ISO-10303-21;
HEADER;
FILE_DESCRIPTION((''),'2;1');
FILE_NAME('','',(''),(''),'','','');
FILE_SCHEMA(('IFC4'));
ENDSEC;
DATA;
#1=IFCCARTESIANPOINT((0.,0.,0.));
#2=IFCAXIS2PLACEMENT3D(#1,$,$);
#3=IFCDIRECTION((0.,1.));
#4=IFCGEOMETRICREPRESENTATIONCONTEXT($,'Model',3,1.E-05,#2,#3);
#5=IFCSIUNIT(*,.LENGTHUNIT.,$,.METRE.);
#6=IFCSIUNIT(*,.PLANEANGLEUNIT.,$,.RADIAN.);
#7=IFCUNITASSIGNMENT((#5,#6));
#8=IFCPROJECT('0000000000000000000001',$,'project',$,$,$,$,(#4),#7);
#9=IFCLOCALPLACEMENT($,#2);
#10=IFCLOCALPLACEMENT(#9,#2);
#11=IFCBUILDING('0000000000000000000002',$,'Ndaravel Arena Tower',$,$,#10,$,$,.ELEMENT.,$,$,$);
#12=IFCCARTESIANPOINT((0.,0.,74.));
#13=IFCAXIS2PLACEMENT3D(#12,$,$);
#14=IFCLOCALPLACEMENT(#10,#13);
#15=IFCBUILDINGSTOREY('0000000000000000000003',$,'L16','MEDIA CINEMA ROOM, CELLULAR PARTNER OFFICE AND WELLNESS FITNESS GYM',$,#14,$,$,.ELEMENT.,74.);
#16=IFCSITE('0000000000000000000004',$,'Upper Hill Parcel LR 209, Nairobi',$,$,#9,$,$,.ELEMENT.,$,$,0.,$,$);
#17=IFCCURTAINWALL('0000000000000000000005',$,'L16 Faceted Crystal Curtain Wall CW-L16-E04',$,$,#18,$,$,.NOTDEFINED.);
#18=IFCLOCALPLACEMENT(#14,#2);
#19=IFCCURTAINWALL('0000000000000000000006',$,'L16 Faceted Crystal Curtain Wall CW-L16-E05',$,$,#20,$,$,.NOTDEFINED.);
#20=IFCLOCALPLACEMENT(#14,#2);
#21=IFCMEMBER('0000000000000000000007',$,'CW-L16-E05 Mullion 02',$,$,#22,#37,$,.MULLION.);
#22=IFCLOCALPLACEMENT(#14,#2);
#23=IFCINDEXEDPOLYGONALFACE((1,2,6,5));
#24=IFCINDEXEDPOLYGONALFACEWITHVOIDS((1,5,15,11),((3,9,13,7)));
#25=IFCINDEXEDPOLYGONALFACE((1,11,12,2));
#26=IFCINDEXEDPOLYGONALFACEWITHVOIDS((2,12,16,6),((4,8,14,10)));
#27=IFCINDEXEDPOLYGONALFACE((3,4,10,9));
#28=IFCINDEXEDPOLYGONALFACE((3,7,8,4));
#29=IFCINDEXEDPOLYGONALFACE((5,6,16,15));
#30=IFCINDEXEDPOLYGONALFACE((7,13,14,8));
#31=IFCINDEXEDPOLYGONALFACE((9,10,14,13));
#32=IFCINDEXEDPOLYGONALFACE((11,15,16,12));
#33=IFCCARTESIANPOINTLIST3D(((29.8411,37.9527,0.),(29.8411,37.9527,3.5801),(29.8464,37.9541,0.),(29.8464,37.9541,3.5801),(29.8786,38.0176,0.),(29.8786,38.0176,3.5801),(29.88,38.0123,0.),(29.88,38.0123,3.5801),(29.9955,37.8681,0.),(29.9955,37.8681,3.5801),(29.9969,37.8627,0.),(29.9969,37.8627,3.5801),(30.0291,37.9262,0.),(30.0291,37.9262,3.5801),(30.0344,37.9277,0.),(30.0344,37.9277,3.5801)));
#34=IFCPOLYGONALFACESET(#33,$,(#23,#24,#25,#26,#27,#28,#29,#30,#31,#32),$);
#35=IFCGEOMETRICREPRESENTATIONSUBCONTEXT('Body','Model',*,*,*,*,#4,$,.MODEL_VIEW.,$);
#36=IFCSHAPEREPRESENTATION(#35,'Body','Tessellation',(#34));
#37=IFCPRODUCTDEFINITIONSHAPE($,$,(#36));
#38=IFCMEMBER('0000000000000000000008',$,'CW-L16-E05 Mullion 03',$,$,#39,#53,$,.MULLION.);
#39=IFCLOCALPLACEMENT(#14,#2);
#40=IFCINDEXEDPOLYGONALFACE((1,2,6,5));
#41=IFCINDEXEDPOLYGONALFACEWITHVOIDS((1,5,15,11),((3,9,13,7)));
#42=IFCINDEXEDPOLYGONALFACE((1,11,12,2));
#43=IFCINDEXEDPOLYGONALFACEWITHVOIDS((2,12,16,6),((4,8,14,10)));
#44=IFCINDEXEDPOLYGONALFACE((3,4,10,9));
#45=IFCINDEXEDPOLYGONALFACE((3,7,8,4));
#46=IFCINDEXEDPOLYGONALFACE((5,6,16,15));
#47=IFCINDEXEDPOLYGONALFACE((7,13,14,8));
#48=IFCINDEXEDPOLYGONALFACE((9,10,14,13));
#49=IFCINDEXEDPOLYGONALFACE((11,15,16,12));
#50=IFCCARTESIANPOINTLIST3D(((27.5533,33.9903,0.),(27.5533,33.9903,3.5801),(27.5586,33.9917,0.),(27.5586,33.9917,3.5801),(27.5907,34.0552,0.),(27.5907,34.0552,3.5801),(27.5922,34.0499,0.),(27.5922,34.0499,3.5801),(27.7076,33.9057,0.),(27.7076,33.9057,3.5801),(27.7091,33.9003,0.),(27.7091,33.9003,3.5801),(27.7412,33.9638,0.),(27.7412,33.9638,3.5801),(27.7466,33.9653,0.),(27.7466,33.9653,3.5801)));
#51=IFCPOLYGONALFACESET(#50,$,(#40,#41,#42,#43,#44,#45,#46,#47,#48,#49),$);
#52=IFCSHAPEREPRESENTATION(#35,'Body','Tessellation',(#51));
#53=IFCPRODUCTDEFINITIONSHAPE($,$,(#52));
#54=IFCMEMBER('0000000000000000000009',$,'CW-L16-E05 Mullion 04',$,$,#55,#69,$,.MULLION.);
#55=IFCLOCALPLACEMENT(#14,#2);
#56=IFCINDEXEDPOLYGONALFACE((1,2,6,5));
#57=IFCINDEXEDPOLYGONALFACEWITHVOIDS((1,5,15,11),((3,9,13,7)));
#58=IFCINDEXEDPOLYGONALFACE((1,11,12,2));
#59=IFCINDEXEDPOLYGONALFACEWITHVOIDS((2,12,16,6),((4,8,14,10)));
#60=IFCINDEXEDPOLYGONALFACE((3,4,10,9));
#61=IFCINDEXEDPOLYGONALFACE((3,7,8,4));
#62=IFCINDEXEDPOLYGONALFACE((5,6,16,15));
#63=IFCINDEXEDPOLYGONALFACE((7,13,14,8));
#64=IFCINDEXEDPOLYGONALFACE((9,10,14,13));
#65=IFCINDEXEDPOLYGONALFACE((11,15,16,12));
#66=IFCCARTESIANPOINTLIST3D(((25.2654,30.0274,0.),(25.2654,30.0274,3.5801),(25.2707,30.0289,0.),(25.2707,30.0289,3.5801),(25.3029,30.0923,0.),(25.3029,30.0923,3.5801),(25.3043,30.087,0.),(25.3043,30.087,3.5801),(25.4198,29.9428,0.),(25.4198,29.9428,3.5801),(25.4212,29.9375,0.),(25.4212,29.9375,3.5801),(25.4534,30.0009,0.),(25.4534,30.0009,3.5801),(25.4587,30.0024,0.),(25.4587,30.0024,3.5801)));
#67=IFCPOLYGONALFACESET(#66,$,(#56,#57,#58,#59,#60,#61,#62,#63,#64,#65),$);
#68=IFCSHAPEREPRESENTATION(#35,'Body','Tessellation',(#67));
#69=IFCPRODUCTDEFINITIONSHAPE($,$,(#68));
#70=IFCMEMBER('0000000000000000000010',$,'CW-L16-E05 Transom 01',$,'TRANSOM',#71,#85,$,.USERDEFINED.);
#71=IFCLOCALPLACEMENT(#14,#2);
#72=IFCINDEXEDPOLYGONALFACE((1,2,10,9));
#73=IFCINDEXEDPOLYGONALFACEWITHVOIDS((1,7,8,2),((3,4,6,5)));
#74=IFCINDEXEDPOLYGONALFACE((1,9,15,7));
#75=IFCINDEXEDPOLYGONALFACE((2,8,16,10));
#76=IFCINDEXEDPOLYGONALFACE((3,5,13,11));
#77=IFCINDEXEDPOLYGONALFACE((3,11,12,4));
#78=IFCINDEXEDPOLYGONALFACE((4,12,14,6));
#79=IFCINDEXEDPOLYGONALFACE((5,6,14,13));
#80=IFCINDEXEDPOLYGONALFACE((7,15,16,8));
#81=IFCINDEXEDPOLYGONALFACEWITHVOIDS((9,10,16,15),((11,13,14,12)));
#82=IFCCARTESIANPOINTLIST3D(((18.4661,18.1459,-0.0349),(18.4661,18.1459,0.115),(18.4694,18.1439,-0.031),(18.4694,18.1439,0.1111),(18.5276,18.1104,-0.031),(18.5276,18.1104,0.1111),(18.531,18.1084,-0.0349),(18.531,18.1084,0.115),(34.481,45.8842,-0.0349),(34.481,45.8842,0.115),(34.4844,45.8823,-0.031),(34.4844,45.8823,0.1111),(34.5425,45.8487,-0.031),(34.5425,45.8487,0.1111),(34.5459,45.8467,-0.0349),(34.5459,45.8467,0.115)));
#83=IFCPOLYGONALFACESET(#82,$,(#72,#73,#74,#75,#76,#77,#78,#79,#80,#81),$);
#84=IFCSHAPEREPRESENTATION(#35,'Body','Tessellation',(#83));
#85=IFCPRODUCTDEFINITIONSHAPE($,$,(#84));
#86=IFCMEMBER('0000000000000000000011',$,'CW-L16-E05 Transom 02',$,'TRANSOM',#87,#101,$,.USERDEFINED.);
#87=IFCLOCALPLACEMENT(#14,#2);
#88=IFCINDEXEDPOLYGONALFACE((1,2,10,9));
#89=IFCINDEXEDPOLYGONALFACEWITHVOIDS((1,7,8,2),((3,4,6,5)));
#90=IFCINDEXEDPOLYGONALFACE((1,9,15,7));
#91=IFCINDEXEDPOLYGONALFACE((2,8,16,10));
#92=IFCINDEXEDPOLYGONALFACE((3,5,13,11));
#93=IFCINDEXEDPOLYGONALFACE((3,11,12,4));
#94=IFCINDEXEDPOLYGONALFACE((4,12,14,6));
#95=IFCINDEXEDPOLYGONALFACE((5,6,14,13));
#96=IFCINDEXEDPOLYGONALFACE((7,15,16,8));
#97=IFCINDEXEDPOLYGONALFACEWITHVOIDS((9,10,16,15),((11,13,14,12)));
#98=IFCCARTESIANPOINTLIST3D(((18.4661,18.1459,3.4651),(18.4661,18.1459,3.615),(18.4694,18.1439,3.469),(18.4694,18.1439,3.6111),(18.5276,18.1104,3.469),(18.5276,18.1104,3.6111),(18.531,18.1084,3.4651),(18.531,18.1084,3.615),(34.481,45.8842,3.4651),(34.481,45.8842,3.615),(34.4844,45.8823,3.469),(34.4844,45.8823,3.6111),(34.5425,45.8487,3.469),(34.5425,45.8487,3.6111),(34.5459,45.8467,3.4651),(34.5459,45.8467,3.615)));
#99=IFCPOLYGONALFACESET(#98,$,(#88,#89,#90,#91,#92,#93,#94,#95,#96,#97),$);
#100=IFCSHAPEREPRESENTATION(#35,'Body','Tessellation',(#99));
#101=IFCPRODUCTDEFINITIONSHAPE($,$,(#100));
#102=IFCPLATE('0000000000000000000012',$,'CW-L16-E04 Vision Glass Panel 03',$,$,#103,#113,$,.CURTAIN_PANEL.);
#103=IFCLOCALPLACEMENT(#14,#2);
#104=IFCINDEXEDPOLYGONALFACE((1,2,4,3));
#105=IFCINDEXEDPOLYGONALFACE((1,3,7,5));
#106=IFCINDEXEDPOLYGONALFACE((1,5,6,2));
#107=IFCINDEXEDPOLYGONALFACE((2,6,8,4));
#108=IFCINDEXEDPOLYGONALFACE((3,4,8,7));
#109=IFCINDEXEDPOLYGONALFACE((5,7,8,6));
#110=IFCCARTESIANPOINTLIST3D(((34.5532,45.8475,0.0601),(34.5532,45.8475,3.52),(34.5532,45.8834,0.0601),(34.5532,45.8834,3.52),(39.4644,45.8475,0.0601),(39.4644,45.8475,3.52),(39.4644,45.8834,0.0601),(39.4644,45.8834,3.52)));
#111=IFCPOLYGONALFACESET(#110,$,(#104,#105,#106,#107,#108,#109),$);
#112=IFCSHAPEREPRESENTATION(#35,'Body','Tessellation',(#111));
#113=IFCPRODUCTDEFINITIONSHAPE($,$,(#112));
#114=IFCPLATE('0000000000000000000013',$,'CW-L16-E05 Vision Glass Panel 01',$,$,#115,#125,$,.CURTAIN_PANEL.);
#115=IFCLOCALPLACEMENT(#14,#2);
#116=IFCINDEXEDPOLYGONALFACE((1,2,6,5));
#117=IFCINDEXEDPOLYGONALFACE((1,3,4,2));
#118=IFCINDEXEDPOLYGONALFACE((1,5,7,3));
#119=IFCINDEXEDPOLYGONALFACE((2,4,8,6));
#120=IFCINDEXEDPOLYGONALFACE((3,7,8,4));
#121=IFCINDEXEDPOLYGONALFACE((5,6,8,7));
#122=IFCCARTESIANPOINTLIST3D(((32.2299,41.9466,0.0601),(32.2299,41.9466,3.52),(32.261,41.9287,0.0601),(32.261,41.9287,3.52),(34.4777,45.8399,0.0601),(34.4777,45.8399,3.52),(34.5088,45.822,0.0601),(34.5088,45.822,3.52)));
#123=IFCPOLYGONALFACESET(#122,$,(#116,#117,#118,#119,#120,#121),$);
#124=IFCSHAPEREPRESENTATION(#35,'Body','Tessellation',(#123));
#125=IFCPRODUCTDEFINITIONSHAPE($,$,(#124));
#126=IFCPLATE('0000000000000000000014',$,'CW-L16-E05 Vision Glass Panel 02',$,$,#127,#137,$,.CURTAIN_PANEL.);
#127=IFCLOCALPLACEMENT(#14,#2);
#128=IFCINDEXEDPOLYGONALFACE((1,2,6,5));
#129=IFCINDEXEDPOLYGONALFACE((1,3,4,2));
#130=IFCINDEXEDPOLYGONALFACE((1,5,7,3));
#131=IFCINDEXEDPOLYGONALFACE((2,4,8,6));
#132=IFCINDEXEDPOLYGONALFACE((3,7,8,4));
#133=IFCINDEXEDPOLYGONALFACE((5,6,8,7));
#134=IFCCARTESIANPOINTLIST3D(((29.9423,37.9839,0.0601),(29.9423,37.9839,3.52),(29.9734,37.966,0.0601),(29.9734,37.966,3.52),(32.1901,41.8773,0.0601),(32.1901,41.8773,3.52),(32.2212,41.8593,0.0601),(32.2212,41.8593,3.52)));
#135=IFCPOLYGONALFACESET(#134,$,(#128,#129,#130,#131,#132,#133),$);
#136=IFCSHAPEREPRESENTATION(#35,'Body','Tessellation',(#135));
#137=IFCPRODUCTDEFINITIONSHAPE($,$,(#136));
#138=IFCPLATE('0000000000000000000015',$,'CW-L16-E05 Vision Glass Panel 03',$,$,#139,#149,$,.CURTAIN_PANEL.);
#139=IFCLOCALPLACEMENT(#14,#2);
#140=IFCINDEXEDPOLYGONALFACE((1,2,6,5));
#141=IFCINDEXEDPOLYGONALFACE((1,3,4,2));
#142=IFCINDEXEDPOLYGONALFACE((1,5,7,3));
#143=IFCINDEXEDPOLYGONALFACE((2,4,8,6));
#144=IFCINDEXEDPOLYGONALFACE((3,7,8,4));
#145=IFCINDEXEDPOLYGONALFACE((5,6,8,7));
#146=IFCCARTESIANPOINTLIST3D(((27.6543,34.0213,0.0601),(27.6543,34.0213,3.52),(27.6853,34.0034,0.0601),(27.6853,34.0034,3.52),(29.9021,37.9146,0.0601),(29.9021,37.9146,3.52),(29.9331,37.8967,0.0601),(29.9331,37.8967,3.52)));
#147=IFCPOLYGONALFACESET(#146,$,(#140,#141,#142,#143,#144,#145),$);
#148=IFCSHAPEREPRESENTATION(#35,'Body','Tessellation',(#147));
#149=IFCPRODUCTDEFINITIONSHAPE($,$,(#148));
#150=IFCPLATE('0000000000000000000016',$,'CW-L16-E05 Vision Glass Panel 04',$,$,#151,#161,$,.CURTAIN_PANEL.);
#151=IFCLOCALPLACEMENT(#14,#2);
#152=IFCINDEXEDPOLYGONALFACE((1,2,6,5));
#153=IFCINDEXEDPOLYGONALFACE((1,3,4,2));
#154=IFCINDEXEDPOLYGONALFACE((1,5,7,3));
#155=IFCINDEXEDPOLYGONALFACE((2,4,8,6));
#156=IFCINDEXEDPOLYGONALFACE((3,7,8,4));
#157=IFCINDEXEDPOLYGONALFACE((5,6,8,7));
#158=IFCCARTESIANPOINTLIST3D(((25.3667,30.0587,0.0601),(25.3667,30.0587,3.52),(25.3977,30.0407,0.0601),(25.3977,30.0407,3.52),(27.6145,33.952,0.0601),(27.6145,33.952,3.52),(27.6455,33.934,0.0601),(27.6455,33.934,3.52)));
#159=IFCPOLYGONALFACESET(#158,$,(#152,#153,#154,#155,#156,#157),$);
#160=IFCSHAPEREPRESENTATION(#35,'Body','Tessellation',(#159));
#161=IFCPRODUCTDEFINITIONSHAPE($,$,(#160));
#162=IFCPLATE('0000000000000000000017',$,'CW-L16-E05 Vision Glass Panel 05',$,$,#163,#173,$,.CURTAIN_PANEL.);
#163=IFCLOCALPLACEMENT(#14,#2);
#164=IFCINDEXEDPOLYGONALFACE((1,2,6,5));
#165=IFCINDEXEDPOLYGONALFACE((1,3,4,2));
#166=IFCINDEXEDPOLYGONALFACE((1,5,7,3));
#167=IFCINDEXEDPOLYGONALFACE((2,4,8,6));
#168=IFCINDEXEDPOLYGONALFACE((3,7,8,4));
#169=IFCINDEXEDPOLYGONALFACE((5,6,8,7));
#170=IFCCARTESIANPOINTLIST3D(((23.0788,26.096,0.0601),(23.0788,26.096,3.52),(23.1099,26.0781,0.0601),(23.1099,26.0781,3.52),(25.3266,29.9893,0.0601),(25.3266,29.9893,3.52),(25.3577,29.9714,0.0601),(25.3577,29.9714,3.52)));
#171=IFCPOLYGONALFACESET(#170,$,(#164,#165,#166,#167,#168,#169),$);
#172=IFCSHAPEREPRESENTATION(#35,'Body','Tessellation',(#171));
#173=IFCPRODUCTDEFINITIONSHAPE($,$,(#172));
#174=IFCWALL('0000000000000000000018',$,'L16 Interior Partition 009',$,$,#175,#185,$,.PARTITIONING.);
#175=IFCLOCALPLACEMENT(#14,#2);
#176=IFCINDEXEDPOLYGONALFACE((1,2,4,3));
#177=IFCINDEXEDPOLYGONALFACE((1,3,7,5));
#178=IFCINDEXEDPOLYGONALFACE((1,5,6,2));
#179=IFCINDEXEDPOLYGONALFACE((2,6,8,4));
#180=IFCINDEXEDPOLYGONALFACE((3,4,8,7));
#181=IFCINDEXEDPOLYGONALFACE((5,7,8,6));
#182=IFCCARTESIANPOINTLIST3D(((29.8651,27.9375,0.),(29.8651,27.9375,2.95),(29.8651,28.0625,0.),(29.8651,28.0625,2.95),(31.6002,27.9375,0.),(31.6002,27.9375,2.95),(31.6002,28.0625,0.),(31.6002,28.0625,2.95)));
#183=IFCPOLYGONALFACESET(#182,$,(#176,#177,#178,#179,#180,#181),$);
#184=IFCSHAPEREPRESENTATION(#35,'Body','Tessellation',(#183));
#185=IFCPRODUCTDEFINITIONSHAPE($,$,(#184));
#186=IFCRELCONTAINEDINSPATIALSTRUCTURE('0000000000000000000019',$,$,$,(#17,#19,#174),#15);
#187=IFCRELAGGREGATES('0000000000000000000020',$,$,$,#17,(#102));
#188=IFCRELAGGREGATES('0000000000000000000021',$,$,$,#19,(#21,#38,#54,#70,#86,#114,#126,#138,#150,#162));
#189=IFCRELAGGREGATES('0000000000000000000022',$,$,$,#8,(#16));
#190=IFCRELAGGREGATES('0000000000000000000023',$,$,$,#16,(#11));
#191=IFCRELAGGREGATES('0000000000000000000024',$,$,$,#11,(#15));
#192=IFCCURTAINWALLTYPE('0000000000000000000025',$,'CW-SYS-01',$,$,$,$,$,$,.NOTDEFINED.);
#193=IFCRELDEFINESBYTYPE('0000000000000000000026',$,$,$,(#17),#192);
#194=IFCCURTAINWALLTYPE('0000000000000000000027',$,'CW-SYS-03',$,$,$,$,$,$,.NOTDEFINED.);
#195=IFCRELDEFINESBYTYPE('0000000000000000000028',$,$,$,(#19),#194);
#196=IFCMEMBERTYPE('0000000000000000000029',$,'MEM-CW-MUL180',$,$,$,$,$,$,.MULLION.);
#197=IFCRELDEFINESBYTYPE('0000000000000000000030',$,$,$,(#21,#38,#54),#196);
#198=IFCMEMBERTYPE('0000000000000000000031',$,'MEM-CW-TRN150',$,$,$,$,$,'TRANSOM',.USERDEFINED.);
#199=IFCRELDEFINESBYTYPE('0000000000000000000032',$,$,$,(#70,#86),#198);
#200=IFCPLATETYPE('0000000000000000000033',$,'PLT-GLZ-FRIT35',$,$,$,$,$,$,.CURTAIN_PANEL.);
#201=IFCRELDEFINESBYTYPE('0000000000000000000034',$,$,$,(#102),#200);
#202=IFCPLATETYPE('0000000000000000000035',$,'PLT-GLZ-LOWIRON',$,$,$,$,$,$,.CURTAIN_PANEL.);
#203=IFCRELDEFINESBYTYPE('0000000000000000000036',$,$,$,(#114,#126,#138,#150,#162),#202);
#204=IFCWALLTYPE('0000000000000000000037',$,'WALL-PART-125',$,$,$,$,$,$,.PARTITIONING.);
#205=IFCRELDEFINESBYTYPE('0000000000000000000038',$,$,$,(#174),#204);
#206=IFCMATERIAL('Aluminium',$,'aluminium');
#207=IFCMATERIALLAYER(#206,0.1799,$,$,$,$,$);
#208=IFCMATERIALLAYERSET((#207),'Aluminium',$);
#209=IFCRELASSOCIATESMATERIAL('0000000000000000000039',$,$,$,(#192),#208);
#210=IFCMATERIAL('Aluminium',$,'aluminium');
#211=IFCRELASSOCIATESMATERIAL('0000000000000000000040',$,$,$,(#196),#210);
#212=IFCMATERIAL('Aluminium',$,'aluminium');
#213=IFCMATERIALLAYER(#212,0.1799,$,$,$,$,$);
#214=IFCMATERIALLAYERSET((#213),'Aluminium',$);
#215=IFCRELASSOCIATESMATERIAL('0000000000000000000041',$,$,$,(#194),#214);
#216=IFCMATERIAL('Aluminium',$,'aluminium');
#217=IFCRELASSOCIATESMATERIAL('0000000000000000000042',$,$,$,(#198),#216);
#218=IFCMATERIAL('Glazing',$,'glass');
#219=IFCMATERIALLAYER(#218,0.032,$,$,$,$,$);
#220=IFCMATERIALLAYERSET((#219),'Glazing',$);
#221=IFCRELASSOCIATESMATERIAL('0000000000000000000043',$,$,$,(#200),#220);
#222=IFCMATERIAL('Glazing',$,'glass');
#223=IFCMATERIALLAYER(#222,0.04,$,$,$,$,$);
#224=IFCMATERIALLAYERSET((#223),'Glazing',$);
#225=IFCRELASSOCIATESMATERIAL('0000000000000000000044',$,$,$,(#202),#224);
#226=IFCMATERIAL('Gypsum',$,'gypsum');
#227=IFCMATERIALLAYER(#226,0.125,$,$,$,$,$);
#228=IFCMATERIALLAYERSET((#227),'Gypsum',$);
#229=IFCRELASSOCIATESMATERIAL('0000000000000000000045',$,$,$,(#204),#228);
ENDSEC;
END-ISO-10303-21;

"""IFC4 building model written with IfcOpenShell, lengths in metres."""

from ifc_helpers import new_model, si_unit, direction, frame, frame_2d, origin, origin_2d, place, context, subcontext, project, spatial, rectangle, hollow_rectangle, extrude, material, layer, layer_set, material_profile, profile_set, type_object, element, aggregate, save


model = new_model("IFC4")

# Units and contexts
model_context = context("Model", 3, precision=1e-05, world=origin(), true_north=direction((0.0, 1.0)))
body_context = subcontext(model_context, "Body", "Model", "MODEL_VIEW")
ifc_project = project(units=[si_unit("LENGTHUNIT", "METRE"), si_unit("PLANEANGLEUNIT", "RADIAN")], contexts=[model_context])

# Site, building, storey
site_placement = place(None, origin())
site = spatial("IfcSite", under=ifc_project, at=site_placement, Name="Upper Hill Parcel LR 209, Nairobi", CompositionType="ELEMENT", RefElevation=0.0)
building_placement = place(site_placement, origin())
building = spatial("IfcBuilding", under=site, at=building_placement, Name="Ndaravel Arena Tower", CompositionType="ELEMENT")
storey_placement = place(building_placement, frame((0.0, 0.0, 74.0)))
storey = spatial("IfcBuildingStorey", under=building, at=storey_placement, Name="L16", Description="MEDIA CINEMA ROOM, CELLULAR PARTNER OFFICE AND WELLNESS FITNESS GYM", CompositionType="ELEMENT", Elevation=74.0)

# Curtain wall
ifc_material_1 = material(Name="Aluminium", Category="aluminium")
ifc_layer_1 = layer(ifc_material_1, 0.1799)
ifc_layer_set_1 = layer_set([ifc_layer_1], Name="Aluminium")
curtain_wall_type_1 = type_object("IfcCurtainWallType", Name="CW-SYS-01", PredefinedType="NOTDEFINED", material=ifc_layer_set_1)
curtain_wall_1_placement = place(storey_placement, origin())
curtain_wall_1 = element("IfcCurtainWall", 1, at=curtain_wall_1_placement, inside=storey, type_object=curtain_wall_type_1, Name="L16 Faceted Crystal Curtain Wall CW-L16-E04", PredefinedType="NOTDEFINED")
ifc_material_2 = material(Name="Aluminium", Category="aluminium")
ifc_material_profile_1 = material_profile(ifc_material_2, hollow_rectangle(XDim=0.075, YDim=0.1799, WallThickness=0.0039, at=origin_2d()), Name="CW MULLION 75x180x4")
ifc_profile_set_1 = profile_set([ifc_material_profile_1], Name="Aluminium")
member_type_1 = type_object("IfcMemberType", Name="MEM-CW-MUL180", PredefinedType="MULLION", material=ifc_profile_set_1)

# Curtain wall, members
ifc_material_3 = material(Name="Aluminium", Category="aluminium")
ifc_layer_2 = layer(ifc_material_3, 0.1799)
ifc_layer_set_2 = layer_set([ifc_layer_2], Name="Aluminium")
curtain_wall_type_2 = type_object("IfcCurtainWallType", Name="CW-SYS-03", PredefinedType="NOTDEFINED", material=ifc_layer_set_2)
curtain_wall_2_placement = place(storey_placement, origin())
curtain_wall_2 = element("IfcCurtainWall", 2, at=curtain_wall_2_placement, inside=storey, type_object=curtain_wall_type_2, Name="L16 Faceted Crystal Curtain Wall CW-L16-E05", PredefinedType="NOTDEFINED")
member_1_placement = place(storey_placement, frame((29.9377, 37.9402, 0.0), z_axis=(0.0, 0.0, 1.0), x_axis=(-0.5, -0.866025, 0.0)))
member_1 = element("IfcMember", 3, at=member_1_placement, type_object=member_type_1, Name="CW-L16-E05 Mullion 02", PredefinedType="MULLION", context=body_context, shape_type="SweptSolid", body=[
    extrude(hollow_rectangle(XDim=0.075, YDim=0.1799, WallThickness=0.0039, at=origin_2d()), origin(), (0.0, 0.0, 1.0), 3.5801),
])
member_2_placement = place(storey_placement, frame((27.6499, 33.9778, 0.0), z_axis=(0.0, 0.0, 1.0), x_axis=(-0.5, -0.866025, 0.0)))
member_2 = element("IfcMember", 4, at=member_2_placement, type_object=member_type_1, Name="CW-L16-E05 Mullion 03", PredefinedType="MULLION", context=body_context, shape_type="SweptSolid", body=[
    extrude(hollow_rectangle(XDim=0.075, YDim=0.1799, WallThickness=0.0039, at=origin_2d()), origin(), (0.0, 0.0, 1.0), 3.5801),
])
member_3_placement = place(storey_placement, frame((25.3621, 30.0149, 0.0), z_axis=(0.0, 0.0, 1.0), x_axis=(-0.5, -0.866025, 0.0)))
member_3 = element("IfcMember", 5, at=member_3_placement, type_object=member_type_1, Name="CW-L16-E05 Mullion 04", PredefinedType="MULLION", context=body_context, shape_type="SweptSolid", body=[
    extrude(hollow_rectangle(XDim=0.075, YDim=0.1799, WallThickness=0.0039, at=origin_2d()), origin(), (0.0, 0.0, 1.0), 3.5801),
])
ifc_material_4 = material(Name="Aluminium", Category="aluminium")
ifc_material_profile_2 = material_profile(ifc_material_4, hollow_rectangle(XDim=0.075, YDim=0.1499, WallThickness=0.0039, at=origin_2d()), Name="CW TRANSOM 75x150x4")
ifc_profile_set_2 = profile_set([ifc_material_profile_2], Name="Aluminium")
member_type_2 = type_object("IfcMemberType", Name="MEM-CW-TRN150", ElementType="TRANSOM", PredefinedType="USERDEFINED", material=ifc_profile_set_2)
member_4_placement = place(storey_placement, frame((34.5134, 45.8655, 0.04), z_axis=(-0.500004, -0.866023, 0.0), x_axis=(0.866023, -0.500004, 0.0)))
member_4 = element("IfcMember", 6, at=member_4_placement, type_object=member_type_2, Name="CW-L16-E05 Transom 01", ObjectType="TRANSOM", PredefinedType="USERDEFINED", context=body_context, shape_type="SweptSolid", body=[
    extrude(hollow_rectangle(XDim=0.075, YDim=0.1499, WallThickness=0.0039, at=origin_2d()), origin(), (0.0, 0.0, 1.0), 32.0295),
])
member_5_placement = place(storey_placement, frame((34.5134, 45.8655, 3.54), z_axis=(-0.500004, -0.866023, 0.0), x_axis=(0.866023, -0.500004, 0.0)))
member_5 = element("IfcMember", 7, at=member_5_placement, type_object=member_type_2, Name="CW-L16-E05 Transom 02", ObjectType="TRANSOM", PredefinedType="USERDEFINED", context=body_context, shape_type="SweptSolid", body=[
    extrude(hollow_rectangle(XDim=0.075, YDim=0.1499, WallThickness=0.0039, at=origin_2d()), origin(), (0.0, 0.0, 1.0), 32.0295),
])

# Plates
ifc_material_5 = material(Name="Glazing", Category="glass")
ifc_layer_3 = layer(ifc_material_5, 0.032)
ifc_layer_set_3 = layer_set([ifc_layer_3], Name="Glazing")
plate_type_1 = type_object("IfcPlateType", Name="PLT-GLZ-FRIT35", PredefinedType="CURTAIN_PANEL", material=ifc_layer_set_3)
plate_1_placement = place(storey_placement, frame((37.0088, 45.8655, 0.0601), z_axis=(0.0, 0.0, 1.0), x_axis=(-1.0, 0.0, 0.0)))
plate_1 = element("IfcPlate", 8, at=plate_1_placement, type_object=plate_type_1, Name="CW-L16-E04 Vision Glass Panel 03", PredefinedType="CURTAIN_PANEL", context=body_context, shape_type="SweptSolid", body=[
    extrude(rectangle(XDim=4.9111, YDim=0.0359, at=origin_2d()), origin(), (0.0, 0.0, 1.0), 3.46),
])
aggregate(curtain_wall_1, [plate_1])
ifc_material_6 = material(Name="Glazing", Category="glass")
ifc_layer_4 = layer(ifc_material_6, 0.04)
ifc_layer_set_4 = layer_set([ifc_layer_4], Name="Glazing")
plate_type_2 = type_object("IfcPlateType", Name="PLT-GLZ-LOWIRON", PredefinedType="CURTAIN_PANEL", material=ifc_layer_set_4)
plate_2_placement = place(storey_placement, frame((33.3694, 43.8843, 0.0601), z_axis=(0.0, 0.0, 1.0), x_axis=(-0.5, -0.866025, 0.0)))
plate_2 = element("IfcPlate", 9, at=plate_2_placement, type_object=plate_type_2, Name="CW-L16-E05 Vision Glass Panel 01", PredefinedType="CURTAIN_PANEL", context=body_context, shape_type="SweptSolid", body=[
    extrude(rectangle(XDim=4.4956, YDim=0.0359, at=origin_2d()), origin(), (0.0, 0.0, 1.0), 3.46),
])
plate_3_placement = place(storey_placement, frame((31.0818, 39.9216, 0.0601), z_axis=(0.0, 0.0, 1.0), x_axis=(-0.5, -0.866025, 0.0)))
plate_3 = element("IfcPlate", 10, at=plate_3_placement, type_object=plate_type_2, Name="CW-L16-E05 Vision Glass Panel 02", PredefinedType="CURTAIN_PANEL", context=body_context, shape_type="SweptSolid", body=[
    extrude(rectangle(XDim=4.4956, YDim=0.0359, at=origin_2d()), origin(), (0.0, 0.0, 1.0), 3.46),
])
plate_4_placement = place(storey_placement, frame((28.7937, 35.959, 0.0601), z_axis=(0.0, 0.0, 1.0), x_axis=(-0.5, -0.866025, 0.0)))
plate_4 = element("IfcPlate", 11, at=plate_4_placement, type_object=plate_type_2, Name="CW-L16-E05 Vision Glass Panel 03", PredefinedType="CURTAIN_PANEL", context=body_context, shape_type="SweptSolid", body=[
    extrude(rectangle(XDim=4.4956, YDim=0.0359, at=origin_2d()), origin(), (0.0, 0.0, 1.0), 3.46),
])
plate_5_placement = place(storey_placement, frame((26.5061, 31.9963, 0.0601), z_axis=(0.0, 0.0, 1.0), x_axis=(-0.5, -0.866025, 0.0)))
plate_5 = element("IfcPlate", 12, at=plate_5_placement, type_object=plate_type_2, Name="CW-L16-E05 Vision Glass Panel 04", PredefinedType="CURTAIN_PANEL", context=body_context, shape_type="SweptSolid", body=[
    extrude(rectangle(XDim=4.4956, YDim=0.0359, at=origin_2d()), origin(), (0.0, 0.0, 1.0), 3.46),
])
plate_6_placement = place(storey_placement, frame((24.2183, 28.0337, 0.0601), z_axis=(0.0, 0.0, 1.0), x_axis=(-0.5, -0.866025, 0.0)))
plate_6 = element("IfcPlate", 13, at=plate_6_placement, type_object=plate_type_2, Name="CW-L16-E05 Vision Glass Panel 05", PredefinedType="CURTAIN_PANEL", context=body_context, shape_type="SweptSolid", body=[
    extrude(rectangle(XDim=4.4956, YDim=0.0359, at=origin_2d()), origin(), (0.0, 0.0, 1.0), 3.46),
])
aggregate(curtain_wall_2, [member_1, member_2, member_3, member_4, member_5, plate_2, plate_3, plate_4, plate_5, plate_6])

# Wall
ifc_material_7 = material(Name="Gypsum", Category="gypsum")
ifc_layer_5 = layer(ifc_material_7, 0.125)
ifc_layer_set_5 = layer_set([ifc_layer_5], Name="Gypsum")
wall_type_1 = type_object("IfcWallType", Name="WALL-PART-125", PredefinedType="PARTITIONING", material=ifc_layer_set_5)
wall_1_placement = place(storey_placement, frame((29.865, 28.0, 0.0), z_axis=(0.0, 0.0, 1.0), x_axis=(1.0, 0.0, 0.0)))
element("IfcWall", 14, at=wall_1_placement, inside=storey, type_object=wall_type_1, Name="L16 Interior Partition 009", PredefinedType="PARTITIONING", context=body_context, shape_type="SweptSolid", body=[
    extrude(rectangle(XDim=1.7351, YDim=0.125, at=frame_2d((0.8677, 0.0))), origin(), (0.0, 0.0, 1.0), 2.95),
])

save(model, "model.ifc")
